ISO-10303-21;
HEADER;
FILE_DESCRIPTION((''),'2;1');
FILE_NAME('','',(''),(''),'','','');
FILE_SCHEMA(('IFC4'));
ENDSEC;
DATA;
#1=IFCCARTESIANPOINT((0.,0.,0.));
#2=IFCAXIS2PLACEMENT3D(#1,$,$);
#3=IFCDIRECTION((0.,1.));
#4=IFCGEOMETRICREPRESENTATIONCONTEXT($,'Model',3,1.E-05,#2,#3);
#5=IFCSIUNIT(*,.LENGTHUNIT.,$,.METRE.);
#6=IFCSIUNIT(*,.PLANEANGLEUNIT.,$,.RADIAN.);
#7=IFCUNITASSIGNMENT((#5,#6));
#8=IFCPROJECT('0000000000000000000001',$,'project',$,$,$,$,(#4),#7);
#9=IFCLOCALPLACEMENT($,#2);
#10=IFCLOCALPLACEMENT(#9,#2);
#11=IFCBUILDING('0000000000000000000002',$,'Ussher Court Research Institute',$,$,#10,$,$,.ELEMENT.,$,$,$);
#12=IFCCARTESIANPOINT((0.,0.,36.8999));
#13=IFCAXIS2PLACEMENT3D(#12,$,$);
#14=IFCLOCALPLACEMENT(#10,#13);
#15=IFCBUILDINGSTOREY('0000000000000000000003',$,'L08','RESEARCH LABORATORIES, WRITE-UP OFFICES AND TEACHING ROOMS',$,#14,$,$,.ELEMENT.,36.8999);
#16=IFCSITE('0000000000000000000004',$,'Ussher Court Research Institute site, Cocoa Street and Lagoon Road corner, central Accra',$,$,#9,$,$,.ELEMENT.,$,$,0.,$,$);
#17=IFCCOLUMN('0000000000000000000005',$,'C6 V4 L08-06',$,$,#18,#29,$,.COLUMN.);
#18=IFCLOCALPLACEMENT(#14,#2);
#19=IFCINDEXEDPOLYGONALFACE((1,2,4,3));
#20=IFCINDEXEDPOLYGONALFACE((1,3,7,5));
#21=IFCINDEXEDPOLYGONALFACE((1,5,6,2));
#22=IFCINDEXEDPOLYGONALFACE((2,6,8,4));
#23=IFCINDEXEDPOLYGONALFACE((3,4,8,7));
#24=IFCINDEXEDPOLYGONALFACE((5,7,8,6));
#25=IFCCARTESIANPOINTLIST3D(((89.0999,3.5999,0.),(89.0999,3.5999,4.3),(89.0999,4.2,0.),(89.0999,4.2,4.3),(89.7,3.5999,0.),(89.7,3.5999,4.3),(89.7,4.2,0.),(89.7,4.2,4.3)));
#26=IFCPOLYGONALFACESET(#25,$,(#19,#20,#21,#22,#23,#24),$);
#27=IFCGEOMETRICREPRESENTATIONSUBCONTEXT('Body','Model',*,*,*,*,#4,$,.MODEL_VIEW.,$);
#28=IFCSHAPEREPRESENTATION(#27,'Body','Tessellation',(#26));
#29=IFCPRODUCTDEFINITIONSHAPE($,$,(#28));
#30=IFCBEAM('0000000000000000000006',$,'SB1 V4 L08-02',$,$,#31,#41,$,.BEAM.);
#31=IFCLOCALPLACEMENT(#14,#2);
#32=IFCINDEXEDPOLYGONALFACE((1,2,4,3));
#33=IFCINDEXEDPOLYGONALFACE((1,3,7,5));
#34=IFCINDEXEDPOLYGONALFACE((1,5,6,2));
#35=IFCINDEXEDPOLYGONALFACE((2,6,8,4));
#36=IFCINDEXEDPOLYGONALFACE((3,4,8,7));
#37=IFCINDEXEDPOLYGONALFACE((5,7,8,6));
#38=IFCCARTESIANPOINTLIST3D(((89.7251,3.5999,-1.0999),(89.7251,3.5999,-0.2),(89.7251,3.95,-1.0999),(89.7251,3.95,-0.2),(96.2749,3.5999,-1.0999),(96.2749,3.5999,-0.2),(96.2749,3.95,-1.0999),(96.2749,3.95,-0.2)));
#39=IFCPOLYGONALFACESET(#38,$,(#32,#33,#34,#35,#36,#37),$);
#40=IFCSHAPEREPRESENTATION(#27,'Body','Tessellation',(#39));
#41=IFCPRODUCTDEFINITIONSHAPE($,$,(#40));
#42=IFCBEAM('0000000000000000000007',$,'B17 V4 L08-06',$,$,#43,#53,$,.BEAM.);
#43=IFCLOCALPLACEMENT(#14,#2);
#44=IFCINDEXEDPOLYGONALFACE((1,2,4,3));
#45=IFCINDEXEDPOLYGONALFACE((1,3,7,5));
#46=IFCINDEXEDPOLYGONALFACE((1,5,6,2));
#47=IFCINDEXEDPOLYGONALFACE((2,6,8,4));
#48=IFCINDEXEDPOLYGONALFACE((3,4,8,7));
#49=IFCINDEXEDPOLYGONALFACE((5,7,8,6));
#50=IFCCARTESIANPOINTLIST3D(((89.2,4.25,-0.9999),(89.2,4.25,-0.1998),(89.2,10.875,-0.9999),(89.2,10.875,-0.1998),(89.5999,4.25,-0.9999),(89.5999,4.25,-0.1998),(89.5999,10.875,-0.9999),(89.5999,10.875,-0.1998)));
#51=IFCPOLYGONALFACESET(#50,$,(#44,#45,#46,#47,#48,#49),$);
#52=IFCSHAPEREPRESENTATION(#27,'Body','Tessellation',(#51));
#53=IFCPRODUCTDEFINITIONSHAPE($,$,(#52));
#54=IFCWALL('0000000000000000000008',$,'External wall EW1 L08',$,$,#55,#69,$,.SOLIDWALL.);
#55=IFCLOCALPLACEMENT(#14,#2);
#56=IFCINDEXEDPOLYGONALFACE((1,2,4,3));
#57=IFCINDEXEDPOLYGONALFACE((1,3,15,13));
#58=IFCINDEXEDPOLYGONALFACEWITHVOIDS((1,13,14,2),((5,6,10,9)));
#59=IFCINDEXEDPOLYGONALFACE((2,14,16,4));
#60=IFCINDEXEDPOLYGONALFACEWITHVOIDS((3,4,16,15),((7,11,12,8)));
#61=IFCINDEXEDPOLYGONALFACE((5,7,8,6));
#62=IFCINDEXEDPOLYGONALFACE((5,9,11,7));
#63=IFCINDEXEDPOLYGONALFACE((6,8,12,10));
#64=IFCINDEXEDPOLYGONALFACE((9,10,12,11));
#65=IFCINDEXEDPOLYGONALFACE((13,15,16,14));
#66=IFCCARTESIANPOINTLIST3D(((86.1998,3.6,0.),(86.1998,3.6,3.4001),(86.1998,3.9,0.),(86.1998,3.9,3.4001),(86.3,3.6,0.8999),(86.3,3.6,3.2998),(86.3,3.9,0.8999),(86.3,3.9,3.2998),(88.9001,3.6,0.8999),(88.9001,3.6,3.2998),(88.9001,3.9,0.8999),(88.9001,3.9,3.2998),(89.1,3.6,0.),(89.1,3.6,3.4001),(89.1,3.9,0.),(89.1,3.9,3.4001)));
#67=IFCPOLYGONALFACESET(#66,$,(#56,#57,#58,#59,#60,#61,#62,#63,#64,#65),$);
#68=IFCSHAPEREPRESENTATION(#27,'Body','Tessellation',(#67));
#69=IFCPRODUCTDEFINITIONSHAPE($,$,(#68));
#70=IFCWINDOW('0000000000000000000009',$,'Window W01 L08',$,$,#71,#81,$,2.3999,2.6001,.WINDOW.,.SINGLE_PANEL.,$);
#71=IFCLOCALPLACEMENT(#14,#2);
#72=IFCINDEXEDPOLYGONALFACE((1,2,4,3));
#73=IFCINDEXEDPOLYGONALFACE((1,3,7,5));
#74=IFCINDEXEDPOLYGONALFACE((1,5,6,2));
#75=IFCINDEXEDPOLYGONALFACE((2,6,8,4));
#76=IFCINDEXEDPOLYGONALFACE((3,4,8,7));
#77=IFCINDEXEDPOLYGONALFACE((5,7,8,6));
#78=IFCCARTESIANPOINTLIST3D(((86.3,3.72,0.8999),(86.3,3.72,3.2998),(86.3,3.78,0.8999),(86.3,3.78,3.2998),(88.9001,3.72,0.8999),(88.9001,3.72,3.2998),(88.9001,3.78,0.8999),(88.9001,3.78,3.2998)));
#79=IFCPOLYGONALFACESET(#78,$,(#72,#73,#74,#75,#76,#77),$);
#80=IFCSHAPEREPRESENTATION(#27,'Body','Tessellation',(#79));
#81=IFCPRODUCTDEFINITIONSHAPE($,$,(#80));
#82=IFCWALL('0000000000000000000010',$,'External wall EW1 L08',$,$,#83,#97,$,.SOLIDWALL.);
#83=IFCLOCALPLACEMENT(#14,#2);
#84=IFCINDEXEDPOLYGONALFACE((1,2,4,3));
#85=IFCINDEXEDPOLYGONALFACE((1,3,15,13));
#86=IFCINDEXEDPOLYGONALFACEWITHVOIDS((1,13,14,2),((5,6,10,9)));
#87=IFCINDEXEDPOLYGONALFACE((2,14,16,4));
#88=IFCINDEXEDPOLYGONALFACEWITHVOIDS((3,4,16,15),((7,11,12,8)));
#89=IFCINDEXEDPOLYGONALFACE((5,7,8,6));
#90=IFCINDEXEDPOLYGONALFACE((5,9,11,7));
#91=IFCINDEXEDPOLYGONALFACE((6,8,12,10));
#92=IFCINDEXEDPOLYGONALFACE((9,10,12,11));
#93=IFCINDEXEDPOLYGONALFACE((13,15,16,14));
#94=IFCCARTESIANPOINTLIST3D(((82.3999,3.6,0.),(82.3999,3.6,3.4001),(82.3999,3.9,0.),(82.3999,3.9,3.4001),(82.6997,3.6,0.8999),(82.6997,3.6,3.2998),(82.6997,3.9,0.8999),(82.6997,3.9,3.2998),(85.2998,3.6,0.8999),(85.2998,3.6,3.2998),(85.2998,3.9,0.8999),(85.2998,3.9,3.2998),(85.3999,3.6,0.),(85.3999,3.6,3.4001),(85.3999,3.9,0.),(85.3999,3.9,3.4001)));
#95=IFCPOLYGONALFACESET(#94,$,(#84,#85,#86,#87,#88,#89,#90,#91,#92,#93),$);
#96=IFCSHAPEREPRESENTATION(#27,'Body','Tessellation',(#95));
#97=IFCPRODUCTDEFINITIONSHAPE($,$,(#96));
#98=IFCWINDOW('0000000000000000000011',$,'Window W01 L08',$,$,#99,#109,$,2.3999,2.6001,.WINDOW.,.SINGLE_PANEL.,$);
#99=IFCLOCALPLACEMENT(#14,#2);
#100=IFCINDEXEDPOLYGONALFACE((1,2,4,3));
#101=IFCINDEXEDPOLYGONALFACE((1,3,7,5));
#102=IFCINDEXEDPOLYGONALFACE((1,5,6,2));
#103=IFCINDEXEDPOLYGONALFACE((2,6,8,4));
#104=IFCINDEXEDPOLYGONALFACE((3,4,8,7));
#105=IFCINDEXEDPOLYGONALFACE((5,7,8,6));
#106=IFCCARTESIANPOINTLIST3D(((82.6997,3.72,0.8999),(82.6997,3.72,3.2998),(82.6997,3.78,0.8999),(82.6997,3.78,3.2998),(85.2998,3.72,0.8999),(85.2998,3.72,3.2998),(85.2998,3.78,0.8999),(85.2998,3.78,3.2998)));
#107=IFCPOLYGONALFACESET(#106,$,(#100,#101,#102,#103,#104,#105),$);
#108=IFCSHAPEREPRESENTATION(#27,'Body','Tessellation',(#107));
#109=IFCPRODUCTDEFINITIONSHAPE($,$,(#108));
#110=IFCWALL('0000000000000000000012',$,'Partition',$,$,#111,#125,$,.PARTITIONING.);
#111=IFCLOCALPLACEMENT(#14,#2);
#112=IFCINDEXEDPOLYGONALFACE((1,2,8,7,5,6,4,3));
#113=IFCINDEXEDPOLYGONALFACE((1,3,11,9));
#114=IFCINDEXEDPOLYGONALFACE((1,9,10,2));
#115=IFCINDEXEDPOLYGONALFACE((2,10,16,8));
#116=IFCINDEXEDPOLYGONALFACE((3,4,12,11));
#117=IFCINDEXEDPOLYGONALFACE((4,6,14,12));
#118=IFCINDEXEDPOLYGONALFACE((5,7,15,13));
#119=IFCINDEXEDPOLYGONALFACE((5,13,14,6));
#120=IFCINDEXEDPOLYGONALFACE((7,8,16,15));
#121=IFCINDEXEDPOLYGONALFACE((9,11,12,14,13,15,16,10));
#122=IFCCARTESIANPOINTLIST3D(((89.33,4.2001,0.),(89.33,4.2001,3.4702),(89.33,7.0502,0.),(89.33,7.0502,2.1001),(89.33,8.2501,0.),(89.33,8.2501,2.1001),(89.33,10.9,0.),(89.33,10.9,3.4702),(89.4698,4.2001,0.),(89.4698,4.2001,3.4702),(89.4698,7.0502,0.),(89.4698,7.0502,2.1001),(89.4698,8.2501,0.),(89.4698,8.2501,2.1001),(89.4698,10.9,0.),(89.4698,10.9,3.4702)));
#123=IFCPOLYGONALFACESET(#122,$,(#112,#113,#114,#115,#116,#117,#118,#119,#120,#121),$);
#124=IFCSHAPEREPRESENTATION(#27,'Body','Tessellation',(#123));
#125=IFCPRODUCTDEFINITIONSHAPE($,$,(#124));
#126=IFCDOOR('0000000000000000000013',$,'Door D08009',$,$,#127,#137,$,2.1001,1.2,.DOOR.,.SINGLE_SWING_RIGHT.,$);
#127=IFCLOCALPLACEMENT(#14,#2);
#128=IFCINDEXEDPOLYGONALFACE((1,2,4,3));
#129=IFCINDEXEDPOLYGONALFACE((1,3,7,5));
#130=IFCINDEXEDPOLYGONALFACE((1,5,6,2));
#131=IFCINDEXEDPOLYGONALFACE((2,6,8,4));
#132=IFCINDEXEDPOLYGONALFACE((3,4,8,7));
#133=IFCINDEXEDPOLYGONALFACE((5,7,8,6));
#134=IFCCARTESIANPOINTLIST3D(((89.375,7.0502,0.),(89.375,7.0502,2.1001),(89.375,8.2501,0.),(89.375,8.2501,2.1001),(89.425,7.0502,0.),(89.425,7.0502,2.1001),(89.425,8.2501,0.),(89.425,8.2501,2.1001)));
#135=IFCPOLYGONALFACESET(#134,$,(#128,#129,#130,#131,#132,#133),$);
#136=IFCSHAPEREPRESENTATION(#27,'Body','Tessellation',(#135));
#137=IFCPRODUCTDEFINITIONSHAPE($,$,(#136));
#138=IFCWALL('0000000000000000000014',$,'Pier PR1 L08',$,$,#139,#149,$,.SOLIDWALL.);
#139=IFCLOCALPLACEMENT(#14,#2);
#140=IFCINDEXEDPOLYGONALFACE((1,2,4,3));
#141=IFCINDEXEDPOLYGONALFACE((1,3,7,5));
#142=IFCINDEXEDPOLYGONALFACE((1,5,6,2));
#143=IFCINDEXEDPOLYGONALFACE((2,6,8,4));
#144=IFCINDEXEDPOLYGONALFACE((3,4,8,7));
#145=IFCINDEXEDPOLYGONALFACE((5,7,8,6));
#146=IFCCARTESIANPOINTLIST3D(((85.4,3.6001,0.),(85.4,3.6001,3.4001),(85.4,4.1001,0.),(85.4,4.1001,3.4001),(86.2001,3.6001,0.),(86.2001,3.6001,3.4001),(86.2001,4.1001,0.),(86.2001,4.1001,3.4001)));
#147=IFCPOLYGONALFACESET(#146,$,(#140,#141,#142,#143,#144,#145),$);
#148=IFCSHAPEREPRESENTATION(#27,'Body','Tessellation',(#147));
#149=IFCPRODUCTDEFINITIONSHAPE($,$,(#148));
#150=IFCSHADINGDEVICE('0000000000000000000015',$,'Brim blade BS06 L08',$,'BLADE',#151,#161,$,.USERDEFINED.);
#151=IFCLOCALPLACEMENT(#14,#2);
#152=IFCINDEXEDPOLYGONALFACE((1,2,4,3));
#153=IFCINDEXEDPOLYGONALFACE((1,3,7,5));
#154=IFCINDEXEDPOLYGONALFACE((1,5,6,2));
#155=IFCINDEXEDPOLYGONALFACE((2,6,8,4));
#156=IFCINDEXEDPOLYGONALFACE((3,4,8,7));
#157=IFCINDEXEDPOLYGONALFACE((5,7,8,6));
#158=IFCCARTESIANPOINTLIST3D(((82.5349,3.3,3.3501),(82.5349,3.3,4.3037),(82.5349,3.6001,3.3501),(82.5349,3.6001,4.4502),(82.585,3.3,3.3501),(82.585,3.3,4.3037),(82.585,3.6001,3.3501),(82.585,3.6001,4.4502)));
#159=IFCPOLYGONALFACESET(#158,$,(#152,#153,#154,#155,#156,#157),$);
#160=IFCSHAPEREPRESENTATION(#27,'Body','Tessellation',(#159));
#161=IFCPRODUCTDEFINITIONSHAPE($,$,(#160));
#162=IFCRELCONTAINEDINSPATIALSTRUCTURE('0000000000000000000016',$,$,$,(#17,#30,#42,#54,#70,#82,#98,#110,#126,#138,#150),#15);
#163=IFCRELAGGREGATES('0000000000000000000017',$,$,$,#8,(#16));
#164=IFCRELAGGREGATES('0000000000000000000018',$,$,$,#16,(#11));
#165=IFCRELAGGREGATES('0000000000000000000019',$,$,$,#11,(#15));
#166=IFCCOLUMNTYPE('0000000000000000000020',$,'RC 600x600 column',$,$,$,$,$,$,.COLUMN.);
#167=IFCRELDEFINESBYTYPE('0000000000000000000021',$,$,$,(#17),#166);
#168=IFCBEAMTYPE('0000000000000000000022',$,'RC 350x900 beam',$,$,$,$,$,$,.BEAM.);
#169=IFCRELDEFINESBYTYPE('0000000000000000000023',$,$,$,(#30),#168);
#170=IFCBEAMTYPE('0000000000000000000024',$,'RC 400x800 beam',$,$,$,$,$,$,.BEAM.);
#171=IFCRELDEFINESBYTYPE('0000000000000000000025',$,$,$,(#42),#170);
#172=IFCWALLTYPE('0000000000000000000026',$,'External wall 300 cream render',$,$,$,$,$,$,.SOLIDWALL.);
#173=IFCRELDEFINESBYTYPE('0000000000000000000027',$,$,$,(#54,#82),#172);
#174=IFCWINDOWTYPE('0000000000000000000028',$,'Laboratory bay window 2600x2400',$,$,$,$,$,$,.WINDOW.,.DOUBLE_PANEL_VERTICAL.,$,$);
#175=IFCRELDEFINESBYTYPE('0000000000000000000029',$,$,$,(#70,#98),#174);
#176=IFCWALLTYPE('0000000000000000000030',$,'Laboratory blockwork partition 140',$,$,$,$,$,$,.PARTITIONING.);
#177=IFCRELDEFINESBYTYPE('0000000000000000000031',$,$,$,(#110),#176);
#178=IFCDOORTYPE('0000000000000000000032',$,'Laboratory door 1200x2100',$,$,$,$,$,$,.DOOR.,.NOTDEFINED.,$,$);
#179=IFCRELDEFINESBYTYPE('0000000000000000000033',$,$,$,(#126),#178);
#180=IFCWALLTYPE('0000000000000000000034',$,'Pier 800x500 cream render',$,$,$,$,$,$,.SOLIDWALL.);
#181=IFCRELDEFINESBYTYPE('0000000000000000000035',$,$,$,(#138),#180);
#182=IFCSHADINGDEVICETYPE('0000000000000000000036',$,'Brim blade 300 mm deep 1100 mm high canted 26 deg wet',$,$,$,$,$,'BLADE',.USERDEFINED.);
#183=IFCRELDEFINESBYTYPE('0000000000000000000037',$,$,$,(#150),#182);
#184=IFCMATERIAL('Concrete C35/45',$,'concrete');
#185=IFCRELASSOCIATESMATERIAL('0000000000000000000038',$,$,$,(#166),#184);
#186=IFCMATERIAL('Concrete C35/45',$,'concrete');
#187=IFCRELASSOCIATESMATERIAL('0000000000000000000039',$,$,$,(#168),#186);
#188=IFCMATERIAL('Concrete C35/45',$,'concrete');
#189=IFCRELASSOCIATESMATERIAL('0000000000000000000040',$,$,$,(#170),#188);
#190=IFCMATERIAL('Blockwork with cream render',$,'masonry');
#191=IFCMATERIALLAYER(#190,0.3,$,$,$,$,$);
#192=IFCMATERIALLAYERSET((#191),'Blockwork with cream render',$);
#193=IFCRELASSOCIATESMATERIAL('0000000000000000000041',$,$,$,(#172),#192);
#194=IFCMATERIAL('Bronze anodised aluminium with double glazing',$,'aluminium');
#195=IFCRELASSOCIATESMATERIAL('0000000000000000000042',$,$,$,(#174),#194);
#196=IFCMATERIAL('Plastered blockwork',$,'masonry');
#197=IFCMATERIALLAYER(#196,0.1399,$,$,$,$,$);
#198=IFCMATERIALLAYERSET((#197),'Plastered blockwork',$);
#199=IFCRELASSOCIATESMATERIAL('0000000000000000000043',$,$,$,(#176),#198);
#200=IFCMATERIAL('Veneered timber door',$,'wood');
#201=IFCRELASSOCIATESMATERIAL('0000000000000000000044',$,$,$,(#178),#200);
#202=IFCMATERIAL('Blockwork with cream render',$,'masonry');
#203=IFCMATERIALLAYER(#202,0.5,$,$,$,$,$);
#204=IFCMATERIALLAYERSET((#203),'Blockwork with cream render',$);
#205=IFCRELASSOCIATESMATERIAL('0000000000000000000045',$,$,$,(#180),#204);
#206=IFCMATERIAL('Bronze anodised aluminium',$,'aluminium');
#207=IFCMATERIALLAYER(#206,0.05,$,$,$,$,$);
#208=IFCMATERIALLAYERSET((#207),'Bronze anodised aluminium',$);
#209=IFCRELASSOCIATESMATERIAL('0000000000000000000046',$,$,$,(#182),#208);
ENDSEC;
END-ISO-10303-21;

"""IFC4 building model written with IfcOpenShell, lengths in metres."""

from ifc_helpers import new_model, si_unit, direction, frame, frame_2d, origin, origin_2d, place, context, subcontext, project, spatial, polyline, rectangle, outline, extrude, material, layer, layer_set, material_profile, profile_set, type_object, element, fill, save


model = new_model("IFC4")

# Units and contexts
model_context = context("Model", 3, precision=1e-05, world=origin(), true_north=direction((0.0, 1.0)))
body_context = subcontext(model_context, "Body", "Model", "MODEL_VIEW")
ifc_project = project(units=[si_unit("LENGTHUNIT", "METRE"), si_unit("PLANEANGLEUNIT", "RADIAN")], contexts=[model_context])

# Site, building, storey
site_placement = place(None, origin())
site = spatial("IfcSite", under=ifc_project, at=site_placement, Name="Ussher Court Research Institute site, Cocoa Street and Lagoon Road corner, central Accra", CompositionType="ELEMENT", RefElevation=0.0)
building_placement = place(site_placement, origin())
building = spatial("IfcBuilding", under=site, at=building_placement, Name="Ussher Court Research Institute", CompositionType="ELEMENT")
storey_placement = place(building_placement, frame((0.0, 0.0, 36.8999)))
storey = spatial("IfcBuildingStorey", under=building, at=storey_placement, Name="L08", Description="RESEARCH LABORATORIES, WRITE-UP OFFICES AND TEACHING ROOMS", CompositionType="ELEMENT", Elevation=36.8999)

# Column
ifc_material_1 = material(Name="Concrete C35/45", Category="concrete")
ifc_material_profile_1 = material_profile(ifc_material_1, rectangle(XDim=0.6001, YDim=0.6001, at=origin_2d()), Name="RC 600x600")
ifc_profile_set_1 = profile_set([ifc_material_profile_1], Name="Concrete C35/45")
column_type = type_object("IfcColumnType", Name="RC 600x600 column", PredefinedType="COLUMN", material=ifc_profile_set_1)
column_placement = place(storey_placement, frame((89.3999, 3.8999, 0.0), z_axis=(0.0, 0.0, 1.0), x_axis=(1.0, 0.0, 0.0)))
element("IfcColumn", 1, at=column_placement, inside=storey, type_object=column_type, Name="C6 V4 L08-06", PredefinedType="COLUMN", context=body_context, shape_type="SweptSolid", body=[
    extrude(rectangle(XDim=0.6001, YDim=0.6001, at=origin_2d()), origin(), (0.0, 0.0, 1.0), 4.3),
])

# Beams
ifc_material_2 = material(Name="Concrete C35/45", Category="concrete")
ifc_material_profile_2 = material_profile(ifc_material_2, rectangle(XDim=0.3501, YDim=0.8999, at=origin_2d()), Name="RC 350x900")
ifc_profile_set_2 = profile_set([ifc_material_profile_2], Name="Concrete C35/45")
beam_type_1 = type_object("IfcBeamType", Name="RC 350x900 beam", PredefinedType="BEAM", material=ifc_profile_set_2)
beam_1_placement = place(storey_placement, frame((89.7251, 3.7749, -0.6499), z_axis=(1.0, 0.0, 0.0), x_axis=(0.0, 1.0, 0.0)))
element("IfcBeam", 2, at=beam_1_placement, inside=storey, type_object=beam_type_1, Name="SB1 V4 L08-02", PredefinedType="BEAM", context=body_context, shape_type="SweptSolid", body=[
    extrude(rectangle(XDim=0.3501, YDim=0.8999, at=origin_2d()), origin(), (0.0, 0.0, 1.0), 6.5498),
])
ifc_material_3 = material(Name="Concrete C35/45", Category="concrete")
ifc_material_profile_3 = material_profile(ifc_material_3, rectangle(XDim=0.3999, YDim=0.8, at=origin_2d()), Name="RC 400x800")
ifc_profile_set_3 = profile_set([ifc_material_profile_3], Name="Concrete C35/45")
beam_type_2 = type_object("IfcBeamType", Name="RC 400x800 beam", PredefinedType="BEAM", material=ifc_profile_set_3)
beam_2_placement = place(storey_placement, frame((89.3999, 4.25, -0.5999), z_axis=(0.0, 1.0, 0.0), x_axis=(-1.0, 0.0, 0.0)))
element("IfcBeam", 3, at=beam_2_placement, inside=storey, type_object=beam_type_2, Name="B17 V4 L08-06", PredefinedType="BEAM", context=body_context, shape_type="SweptSolid", body=[
    extrude(rectangle(XDim=0.3999, YDim=0.8, at=origin_2d()), origin(), (0.0, 0.0, 1.0), 6.625),
])

# Walls, openings, windows
ifc_material_4 = material(Name="Blockwork with cream render", Category="masonry")
ifc_layer_1 = layer(ifc_material_4, 0.3)
ifc_layer_set_1 = layer_set([ifc_layer_1], Name="Blockwork with cream render")
wall_type_1 = type_object("IfcWallType", Name="External wall 300 cream render", PredefinedType="SOLIDWALL", material=ifc_layer_set_1)
wall_1_placement = place(storey_placement, frame((89.1001, 3.75, 0.0), z_axis=(0.0, 0.0, 1.0), x_axis=(-1.0, 0.0, 0.0)))
wall_1 = element("IfcWall", 4, at=wall_1_placement, inside=storey, type_object=wall_type_1, Name="External wall EW1 L08", PredefinedType="SOLIDWALL", context=body_context, shape_type="SweptSolid", body=[
    extrude(rectangle(XDim=2.9001, YDim=0.3, at=frame_2d((1.4502, 0.0))), origin(), (0.0, 0.0, 1.0), 3.4001),
])
opening_1_placement = place(wall_1_placement, frame((0.2, 0.0, 0.8999)))
opening_1 = element("IfcOpeningElement", 5, at=opening_1_placement, cuts=wall_1, PredefinedType="OPENING", context=body_context, shape_type="SweptSolid", body=[
    extrude(rectangle(XDim=2.6001, YDim=2.3999, at=frame_2d((1.3, 1.2))), frame((0.0, 0.1602, 0.0), z_axis=(0.0, -1.0, 0.0), x_axis=(1.0, 0.0, 0.0)), (0.0, 0.0, 1.0), 0.3201),
])
ifc_material_5 = material(Name="Bronze anodised aluminium with double glazing", Category="aluminium")
window_type = type_object("IfcWindowType", Name="Laboratory bay window 2600x2400", PartitioningType="DOUBLE_PANEL_VERTICAL", PredefinedType="WINDOW", material=ifc_material_5)
window_1_placement = place(opening_1_placement, origin())
window_1 = element("IfcWindow", 6, at=window_1_placement, inside=storey, type_object=window_type, Name="Window W01 L08", OverallHeight=2.3999, OverallWidth=2.6001, PartitioningType="SINGLE_PANEL", PredefinedType="WINDOW", context=body_context, shape_type="SweptSolid", body=[
    extrude(rectangle(XDim=2.6001, YDim=2.3999, at=frame_2d((1.3, 1.2))), frame((0.0, 0.03, 0.0), z_axis=(0.0, -1.0, 0.0), x_axis=(1.0, 0.0, 0.0)), (0.0, 0.0, 1.0), 0.0601),
])
fill(opening_1, window_1)
wall_2_placement = place(storey_placement, frame((85.3999, 3.75, 0.0), z_axis=(0.0, 0.0, 1.0), x_axis=(-1.0, 0.0, 0.0)))
wall_2 = element("IfcWall", 7, at=wall_2_placement, inside=storey, type_object=wall_type_1, Name="External wall EW1 L08", PredefinedType="SOLIDWALL", context=body_context, shape_type="SweptSolid", body=[
    extrude(rectangle(XDim=3.0, YDim=0.3, at=frame_2d((1.5, 0.0))), origin(), (0.0, 0.0, 1.0), 3.4001),
])
opening_2_placement = place(wall_2_placement, frame((0.1001, 0.0, 0.8999)))
opening_2 = element("IfcOpeningElement", 8, at=opening_2_placement, cuts=wall_2, PredefinedType="OPENING", context=body_context, shape_type="SweptSolid", body=[
    extrude(rectangle(XDim=2.6001, YDim=2.3999, at=frame_2d((1.3, 1.2))), frame((0.0, 0.1602, 0.0), z_axis=(0.0, -1.0, 0.0), x_axis=(1.0, 0.0, 0.0)), (0.0, 0.0, 1.0), 0.3201),
])
window_2_placement = place(opening_2_placement, origin())
window_2 = element("IfcWindow", 9, at=window_2_placement, inside=storey, type_object=window_type, Name="Window W01 L08", OverallHeight=2.3999, OverallWidth=2.6001, PartitioningType="SINGLE_PANEL", PredefinedType="WINDOW", context=body_context, shape_type="SweptSolid", body=[
    extrude(rectangle(XDim=2.6001, YDim=2.3999, at=frame_2d((1.3, 1.2))), frame((0.0, 0.03, 0.0), z_axis=(0.0, -1.0, 0.0), x_axis=(1.0, 0.0, 0.0)), (0.0, 0.0, 1.0), 0.0601),
])
fill(opening_2, window_2)

# Wall, opening, door
ifc_material_6 = material(Name="Plastered blockwork", Category="masonry")
ifc_layer_2 = layer(ifc_material_6, 0.1399)
ifc_layer_set_2 = layer_set([ifc_layer_2], Name="Plastered blockwork")
wall_type_2 = type_object("IfcWallType", Name="Laboratory blockwork partition 140", PredefinedType="PARTITIONING", material=ifc_layer_set_2)
wall_3_placement = place(storey_placement, frame((89.3999, 4.2, 0.0), z_axis=(0.0, 0.0, 1.0), x_axis=(0.0, 1.0, 0.0)))
wall_3 = element("IfcWall", 10, at=wall_3_placement, inside=storey, type_object=wall_type_2, Name="Partition", PredefinedType="PARTITIONING", context=body_context, shape_type="SweptSolid", body=[
    extrude(rectangle(XDim=6.7, YDim=0.1399, at=frame_2d((3.3501, 0.0))), origin(), (0.0, 0.0, 1.0), 3.4702),
])
opening_3_placement = place(wall_3_placement, frame((2.8501, 0.0, 0.0)))
opening_3 = element("IfcOpeningElement", 11, at=opening_3_placement, cuts=wall_3, PredefinedType="OPENING", context=body_context, shape_type="SweptSolid", body=[
    extrude(rectangle(XDim=1.2, YDim=2.1001, at=frame_2d((0.6001, 1.05))), frame((0.0, 0.0801, 0.0), z_axis=(0.0, -1.0, 0.0), x_axis=(1.0, 0.0, 0.0)), (0.0, 0.0, 1.0), 0.1599),
])
ifc_material_7 = material(Name="Veneered timber door", Category="wood")
door_type = type_object("IfcDoorType", Name="Laboratory door 1200x2100", OperationType="NOTDEFINED", PredefinedType="DOOR", material=ifc_material_7)
door_placement = place(opening_3_placement, origin())
door = element("IfcDoor", 12, at=door_placement, inside=storey, type_object=door_type, Name="Door D08009", OperationType="SINGLE_SWING_RIGHT", OverallHeight=2.1001, OverallWidth=1.2, PredefinedType="DOOR", context=body_context, shape_type="SweptSolid", body=[
    extrude(rectangle(XDim=1.2, YDim=2.1001, at=frame_2d((0.6001, 1.05))), frame((0.0, 0.0249, 0.0), z_axis=(0.0, -1.0, 0.0), x_axis=(1.0, 0.0, 0.0)), (0.0, 0.0, 1.0), 0.05),
])
fill(opening_3, door)

# Wall
ifc_material_8 = material(Name="Blockwork with cream render", Category="masonry")
ifc_layer_3 = layer(ifc_material_8, 0.5)
ifc_layer_set_3 = layer_set([ifc_layer_3], Name="Blockwork with cream render")
wall_type_3 = type_object("IfcWallType", Name="Pier 800x500 cream render", PredefinedType="SOLIDWALL", material=ifc_layer_set_3)
wall_4_placement = place(storey_placement, frame((86.2, 3.8501, 0.0), z_axis=(0.0, 0.0, 1.0), x_axis=(-1.0, 0.0, 0.0)))
element("IfcWall", 13, at=wall_4_placement, inside=storey, type_object=wall_type_3, Name="Pier PR1 L08", PredefinedType="SOLIDWALL", context=body_context, shape_type="SweptSolid", body=[
    extrude(rectangle(XDim=0.8, YDim=0.5, at=frame_2d((0.3999, 0.0))), origin(), (0.0, 0.0, 1.0), 3.4001),
])

# Shading device
ifc_material_9 = material(Name="Bronze anodised aluminium", Category="aluminium")
ifc_layer_4 = layer(ifc_material_9, 0.05)
ifc_layer_set_4 = layer_set([ifc_layer_4], Name="Bronze anodised aluminium")
shading_device_type_1 = type_object("IfcShadingDeviceType", Name="Brim blade 300 mm deep 1100 mm high canted 26 deg wet", ElementType="BLADE", PredefinedType="USERDEFINED", material=ifc_layer_set_4)
shading_device_1_placement = place(storey_placement, frame((82.5601, 3.6001, 3.3501), z_axis=(0.0, 0.0, 1.0), x_axis=(0.0, -1.0, 0.0)))
element("IfcShadingDevice", 14, at=shading_device_1_placement, inside=storey, type_object=shading_device_type_1, Name="Brim blade BS06 L08", ObjectType="BLADE", PredefinedType="USERDEFINED", context=body_context, shape_type="SweptSolid", body=[
    extrude(outline(polyline([(0.0, 0.0), (0.3, 0.0), (0.3, 0.9536), (0.0, 1.1001), (0.0, 0.0)])), frame((0.0, 0.0249, 0.0), z_axis=(0.0, -1.0, 0.0), x_axis=(1.0, 0.0, 0.0)), (0.0, 0.0, 1.0), 0.05),
])

save(model, "model.ifc")
